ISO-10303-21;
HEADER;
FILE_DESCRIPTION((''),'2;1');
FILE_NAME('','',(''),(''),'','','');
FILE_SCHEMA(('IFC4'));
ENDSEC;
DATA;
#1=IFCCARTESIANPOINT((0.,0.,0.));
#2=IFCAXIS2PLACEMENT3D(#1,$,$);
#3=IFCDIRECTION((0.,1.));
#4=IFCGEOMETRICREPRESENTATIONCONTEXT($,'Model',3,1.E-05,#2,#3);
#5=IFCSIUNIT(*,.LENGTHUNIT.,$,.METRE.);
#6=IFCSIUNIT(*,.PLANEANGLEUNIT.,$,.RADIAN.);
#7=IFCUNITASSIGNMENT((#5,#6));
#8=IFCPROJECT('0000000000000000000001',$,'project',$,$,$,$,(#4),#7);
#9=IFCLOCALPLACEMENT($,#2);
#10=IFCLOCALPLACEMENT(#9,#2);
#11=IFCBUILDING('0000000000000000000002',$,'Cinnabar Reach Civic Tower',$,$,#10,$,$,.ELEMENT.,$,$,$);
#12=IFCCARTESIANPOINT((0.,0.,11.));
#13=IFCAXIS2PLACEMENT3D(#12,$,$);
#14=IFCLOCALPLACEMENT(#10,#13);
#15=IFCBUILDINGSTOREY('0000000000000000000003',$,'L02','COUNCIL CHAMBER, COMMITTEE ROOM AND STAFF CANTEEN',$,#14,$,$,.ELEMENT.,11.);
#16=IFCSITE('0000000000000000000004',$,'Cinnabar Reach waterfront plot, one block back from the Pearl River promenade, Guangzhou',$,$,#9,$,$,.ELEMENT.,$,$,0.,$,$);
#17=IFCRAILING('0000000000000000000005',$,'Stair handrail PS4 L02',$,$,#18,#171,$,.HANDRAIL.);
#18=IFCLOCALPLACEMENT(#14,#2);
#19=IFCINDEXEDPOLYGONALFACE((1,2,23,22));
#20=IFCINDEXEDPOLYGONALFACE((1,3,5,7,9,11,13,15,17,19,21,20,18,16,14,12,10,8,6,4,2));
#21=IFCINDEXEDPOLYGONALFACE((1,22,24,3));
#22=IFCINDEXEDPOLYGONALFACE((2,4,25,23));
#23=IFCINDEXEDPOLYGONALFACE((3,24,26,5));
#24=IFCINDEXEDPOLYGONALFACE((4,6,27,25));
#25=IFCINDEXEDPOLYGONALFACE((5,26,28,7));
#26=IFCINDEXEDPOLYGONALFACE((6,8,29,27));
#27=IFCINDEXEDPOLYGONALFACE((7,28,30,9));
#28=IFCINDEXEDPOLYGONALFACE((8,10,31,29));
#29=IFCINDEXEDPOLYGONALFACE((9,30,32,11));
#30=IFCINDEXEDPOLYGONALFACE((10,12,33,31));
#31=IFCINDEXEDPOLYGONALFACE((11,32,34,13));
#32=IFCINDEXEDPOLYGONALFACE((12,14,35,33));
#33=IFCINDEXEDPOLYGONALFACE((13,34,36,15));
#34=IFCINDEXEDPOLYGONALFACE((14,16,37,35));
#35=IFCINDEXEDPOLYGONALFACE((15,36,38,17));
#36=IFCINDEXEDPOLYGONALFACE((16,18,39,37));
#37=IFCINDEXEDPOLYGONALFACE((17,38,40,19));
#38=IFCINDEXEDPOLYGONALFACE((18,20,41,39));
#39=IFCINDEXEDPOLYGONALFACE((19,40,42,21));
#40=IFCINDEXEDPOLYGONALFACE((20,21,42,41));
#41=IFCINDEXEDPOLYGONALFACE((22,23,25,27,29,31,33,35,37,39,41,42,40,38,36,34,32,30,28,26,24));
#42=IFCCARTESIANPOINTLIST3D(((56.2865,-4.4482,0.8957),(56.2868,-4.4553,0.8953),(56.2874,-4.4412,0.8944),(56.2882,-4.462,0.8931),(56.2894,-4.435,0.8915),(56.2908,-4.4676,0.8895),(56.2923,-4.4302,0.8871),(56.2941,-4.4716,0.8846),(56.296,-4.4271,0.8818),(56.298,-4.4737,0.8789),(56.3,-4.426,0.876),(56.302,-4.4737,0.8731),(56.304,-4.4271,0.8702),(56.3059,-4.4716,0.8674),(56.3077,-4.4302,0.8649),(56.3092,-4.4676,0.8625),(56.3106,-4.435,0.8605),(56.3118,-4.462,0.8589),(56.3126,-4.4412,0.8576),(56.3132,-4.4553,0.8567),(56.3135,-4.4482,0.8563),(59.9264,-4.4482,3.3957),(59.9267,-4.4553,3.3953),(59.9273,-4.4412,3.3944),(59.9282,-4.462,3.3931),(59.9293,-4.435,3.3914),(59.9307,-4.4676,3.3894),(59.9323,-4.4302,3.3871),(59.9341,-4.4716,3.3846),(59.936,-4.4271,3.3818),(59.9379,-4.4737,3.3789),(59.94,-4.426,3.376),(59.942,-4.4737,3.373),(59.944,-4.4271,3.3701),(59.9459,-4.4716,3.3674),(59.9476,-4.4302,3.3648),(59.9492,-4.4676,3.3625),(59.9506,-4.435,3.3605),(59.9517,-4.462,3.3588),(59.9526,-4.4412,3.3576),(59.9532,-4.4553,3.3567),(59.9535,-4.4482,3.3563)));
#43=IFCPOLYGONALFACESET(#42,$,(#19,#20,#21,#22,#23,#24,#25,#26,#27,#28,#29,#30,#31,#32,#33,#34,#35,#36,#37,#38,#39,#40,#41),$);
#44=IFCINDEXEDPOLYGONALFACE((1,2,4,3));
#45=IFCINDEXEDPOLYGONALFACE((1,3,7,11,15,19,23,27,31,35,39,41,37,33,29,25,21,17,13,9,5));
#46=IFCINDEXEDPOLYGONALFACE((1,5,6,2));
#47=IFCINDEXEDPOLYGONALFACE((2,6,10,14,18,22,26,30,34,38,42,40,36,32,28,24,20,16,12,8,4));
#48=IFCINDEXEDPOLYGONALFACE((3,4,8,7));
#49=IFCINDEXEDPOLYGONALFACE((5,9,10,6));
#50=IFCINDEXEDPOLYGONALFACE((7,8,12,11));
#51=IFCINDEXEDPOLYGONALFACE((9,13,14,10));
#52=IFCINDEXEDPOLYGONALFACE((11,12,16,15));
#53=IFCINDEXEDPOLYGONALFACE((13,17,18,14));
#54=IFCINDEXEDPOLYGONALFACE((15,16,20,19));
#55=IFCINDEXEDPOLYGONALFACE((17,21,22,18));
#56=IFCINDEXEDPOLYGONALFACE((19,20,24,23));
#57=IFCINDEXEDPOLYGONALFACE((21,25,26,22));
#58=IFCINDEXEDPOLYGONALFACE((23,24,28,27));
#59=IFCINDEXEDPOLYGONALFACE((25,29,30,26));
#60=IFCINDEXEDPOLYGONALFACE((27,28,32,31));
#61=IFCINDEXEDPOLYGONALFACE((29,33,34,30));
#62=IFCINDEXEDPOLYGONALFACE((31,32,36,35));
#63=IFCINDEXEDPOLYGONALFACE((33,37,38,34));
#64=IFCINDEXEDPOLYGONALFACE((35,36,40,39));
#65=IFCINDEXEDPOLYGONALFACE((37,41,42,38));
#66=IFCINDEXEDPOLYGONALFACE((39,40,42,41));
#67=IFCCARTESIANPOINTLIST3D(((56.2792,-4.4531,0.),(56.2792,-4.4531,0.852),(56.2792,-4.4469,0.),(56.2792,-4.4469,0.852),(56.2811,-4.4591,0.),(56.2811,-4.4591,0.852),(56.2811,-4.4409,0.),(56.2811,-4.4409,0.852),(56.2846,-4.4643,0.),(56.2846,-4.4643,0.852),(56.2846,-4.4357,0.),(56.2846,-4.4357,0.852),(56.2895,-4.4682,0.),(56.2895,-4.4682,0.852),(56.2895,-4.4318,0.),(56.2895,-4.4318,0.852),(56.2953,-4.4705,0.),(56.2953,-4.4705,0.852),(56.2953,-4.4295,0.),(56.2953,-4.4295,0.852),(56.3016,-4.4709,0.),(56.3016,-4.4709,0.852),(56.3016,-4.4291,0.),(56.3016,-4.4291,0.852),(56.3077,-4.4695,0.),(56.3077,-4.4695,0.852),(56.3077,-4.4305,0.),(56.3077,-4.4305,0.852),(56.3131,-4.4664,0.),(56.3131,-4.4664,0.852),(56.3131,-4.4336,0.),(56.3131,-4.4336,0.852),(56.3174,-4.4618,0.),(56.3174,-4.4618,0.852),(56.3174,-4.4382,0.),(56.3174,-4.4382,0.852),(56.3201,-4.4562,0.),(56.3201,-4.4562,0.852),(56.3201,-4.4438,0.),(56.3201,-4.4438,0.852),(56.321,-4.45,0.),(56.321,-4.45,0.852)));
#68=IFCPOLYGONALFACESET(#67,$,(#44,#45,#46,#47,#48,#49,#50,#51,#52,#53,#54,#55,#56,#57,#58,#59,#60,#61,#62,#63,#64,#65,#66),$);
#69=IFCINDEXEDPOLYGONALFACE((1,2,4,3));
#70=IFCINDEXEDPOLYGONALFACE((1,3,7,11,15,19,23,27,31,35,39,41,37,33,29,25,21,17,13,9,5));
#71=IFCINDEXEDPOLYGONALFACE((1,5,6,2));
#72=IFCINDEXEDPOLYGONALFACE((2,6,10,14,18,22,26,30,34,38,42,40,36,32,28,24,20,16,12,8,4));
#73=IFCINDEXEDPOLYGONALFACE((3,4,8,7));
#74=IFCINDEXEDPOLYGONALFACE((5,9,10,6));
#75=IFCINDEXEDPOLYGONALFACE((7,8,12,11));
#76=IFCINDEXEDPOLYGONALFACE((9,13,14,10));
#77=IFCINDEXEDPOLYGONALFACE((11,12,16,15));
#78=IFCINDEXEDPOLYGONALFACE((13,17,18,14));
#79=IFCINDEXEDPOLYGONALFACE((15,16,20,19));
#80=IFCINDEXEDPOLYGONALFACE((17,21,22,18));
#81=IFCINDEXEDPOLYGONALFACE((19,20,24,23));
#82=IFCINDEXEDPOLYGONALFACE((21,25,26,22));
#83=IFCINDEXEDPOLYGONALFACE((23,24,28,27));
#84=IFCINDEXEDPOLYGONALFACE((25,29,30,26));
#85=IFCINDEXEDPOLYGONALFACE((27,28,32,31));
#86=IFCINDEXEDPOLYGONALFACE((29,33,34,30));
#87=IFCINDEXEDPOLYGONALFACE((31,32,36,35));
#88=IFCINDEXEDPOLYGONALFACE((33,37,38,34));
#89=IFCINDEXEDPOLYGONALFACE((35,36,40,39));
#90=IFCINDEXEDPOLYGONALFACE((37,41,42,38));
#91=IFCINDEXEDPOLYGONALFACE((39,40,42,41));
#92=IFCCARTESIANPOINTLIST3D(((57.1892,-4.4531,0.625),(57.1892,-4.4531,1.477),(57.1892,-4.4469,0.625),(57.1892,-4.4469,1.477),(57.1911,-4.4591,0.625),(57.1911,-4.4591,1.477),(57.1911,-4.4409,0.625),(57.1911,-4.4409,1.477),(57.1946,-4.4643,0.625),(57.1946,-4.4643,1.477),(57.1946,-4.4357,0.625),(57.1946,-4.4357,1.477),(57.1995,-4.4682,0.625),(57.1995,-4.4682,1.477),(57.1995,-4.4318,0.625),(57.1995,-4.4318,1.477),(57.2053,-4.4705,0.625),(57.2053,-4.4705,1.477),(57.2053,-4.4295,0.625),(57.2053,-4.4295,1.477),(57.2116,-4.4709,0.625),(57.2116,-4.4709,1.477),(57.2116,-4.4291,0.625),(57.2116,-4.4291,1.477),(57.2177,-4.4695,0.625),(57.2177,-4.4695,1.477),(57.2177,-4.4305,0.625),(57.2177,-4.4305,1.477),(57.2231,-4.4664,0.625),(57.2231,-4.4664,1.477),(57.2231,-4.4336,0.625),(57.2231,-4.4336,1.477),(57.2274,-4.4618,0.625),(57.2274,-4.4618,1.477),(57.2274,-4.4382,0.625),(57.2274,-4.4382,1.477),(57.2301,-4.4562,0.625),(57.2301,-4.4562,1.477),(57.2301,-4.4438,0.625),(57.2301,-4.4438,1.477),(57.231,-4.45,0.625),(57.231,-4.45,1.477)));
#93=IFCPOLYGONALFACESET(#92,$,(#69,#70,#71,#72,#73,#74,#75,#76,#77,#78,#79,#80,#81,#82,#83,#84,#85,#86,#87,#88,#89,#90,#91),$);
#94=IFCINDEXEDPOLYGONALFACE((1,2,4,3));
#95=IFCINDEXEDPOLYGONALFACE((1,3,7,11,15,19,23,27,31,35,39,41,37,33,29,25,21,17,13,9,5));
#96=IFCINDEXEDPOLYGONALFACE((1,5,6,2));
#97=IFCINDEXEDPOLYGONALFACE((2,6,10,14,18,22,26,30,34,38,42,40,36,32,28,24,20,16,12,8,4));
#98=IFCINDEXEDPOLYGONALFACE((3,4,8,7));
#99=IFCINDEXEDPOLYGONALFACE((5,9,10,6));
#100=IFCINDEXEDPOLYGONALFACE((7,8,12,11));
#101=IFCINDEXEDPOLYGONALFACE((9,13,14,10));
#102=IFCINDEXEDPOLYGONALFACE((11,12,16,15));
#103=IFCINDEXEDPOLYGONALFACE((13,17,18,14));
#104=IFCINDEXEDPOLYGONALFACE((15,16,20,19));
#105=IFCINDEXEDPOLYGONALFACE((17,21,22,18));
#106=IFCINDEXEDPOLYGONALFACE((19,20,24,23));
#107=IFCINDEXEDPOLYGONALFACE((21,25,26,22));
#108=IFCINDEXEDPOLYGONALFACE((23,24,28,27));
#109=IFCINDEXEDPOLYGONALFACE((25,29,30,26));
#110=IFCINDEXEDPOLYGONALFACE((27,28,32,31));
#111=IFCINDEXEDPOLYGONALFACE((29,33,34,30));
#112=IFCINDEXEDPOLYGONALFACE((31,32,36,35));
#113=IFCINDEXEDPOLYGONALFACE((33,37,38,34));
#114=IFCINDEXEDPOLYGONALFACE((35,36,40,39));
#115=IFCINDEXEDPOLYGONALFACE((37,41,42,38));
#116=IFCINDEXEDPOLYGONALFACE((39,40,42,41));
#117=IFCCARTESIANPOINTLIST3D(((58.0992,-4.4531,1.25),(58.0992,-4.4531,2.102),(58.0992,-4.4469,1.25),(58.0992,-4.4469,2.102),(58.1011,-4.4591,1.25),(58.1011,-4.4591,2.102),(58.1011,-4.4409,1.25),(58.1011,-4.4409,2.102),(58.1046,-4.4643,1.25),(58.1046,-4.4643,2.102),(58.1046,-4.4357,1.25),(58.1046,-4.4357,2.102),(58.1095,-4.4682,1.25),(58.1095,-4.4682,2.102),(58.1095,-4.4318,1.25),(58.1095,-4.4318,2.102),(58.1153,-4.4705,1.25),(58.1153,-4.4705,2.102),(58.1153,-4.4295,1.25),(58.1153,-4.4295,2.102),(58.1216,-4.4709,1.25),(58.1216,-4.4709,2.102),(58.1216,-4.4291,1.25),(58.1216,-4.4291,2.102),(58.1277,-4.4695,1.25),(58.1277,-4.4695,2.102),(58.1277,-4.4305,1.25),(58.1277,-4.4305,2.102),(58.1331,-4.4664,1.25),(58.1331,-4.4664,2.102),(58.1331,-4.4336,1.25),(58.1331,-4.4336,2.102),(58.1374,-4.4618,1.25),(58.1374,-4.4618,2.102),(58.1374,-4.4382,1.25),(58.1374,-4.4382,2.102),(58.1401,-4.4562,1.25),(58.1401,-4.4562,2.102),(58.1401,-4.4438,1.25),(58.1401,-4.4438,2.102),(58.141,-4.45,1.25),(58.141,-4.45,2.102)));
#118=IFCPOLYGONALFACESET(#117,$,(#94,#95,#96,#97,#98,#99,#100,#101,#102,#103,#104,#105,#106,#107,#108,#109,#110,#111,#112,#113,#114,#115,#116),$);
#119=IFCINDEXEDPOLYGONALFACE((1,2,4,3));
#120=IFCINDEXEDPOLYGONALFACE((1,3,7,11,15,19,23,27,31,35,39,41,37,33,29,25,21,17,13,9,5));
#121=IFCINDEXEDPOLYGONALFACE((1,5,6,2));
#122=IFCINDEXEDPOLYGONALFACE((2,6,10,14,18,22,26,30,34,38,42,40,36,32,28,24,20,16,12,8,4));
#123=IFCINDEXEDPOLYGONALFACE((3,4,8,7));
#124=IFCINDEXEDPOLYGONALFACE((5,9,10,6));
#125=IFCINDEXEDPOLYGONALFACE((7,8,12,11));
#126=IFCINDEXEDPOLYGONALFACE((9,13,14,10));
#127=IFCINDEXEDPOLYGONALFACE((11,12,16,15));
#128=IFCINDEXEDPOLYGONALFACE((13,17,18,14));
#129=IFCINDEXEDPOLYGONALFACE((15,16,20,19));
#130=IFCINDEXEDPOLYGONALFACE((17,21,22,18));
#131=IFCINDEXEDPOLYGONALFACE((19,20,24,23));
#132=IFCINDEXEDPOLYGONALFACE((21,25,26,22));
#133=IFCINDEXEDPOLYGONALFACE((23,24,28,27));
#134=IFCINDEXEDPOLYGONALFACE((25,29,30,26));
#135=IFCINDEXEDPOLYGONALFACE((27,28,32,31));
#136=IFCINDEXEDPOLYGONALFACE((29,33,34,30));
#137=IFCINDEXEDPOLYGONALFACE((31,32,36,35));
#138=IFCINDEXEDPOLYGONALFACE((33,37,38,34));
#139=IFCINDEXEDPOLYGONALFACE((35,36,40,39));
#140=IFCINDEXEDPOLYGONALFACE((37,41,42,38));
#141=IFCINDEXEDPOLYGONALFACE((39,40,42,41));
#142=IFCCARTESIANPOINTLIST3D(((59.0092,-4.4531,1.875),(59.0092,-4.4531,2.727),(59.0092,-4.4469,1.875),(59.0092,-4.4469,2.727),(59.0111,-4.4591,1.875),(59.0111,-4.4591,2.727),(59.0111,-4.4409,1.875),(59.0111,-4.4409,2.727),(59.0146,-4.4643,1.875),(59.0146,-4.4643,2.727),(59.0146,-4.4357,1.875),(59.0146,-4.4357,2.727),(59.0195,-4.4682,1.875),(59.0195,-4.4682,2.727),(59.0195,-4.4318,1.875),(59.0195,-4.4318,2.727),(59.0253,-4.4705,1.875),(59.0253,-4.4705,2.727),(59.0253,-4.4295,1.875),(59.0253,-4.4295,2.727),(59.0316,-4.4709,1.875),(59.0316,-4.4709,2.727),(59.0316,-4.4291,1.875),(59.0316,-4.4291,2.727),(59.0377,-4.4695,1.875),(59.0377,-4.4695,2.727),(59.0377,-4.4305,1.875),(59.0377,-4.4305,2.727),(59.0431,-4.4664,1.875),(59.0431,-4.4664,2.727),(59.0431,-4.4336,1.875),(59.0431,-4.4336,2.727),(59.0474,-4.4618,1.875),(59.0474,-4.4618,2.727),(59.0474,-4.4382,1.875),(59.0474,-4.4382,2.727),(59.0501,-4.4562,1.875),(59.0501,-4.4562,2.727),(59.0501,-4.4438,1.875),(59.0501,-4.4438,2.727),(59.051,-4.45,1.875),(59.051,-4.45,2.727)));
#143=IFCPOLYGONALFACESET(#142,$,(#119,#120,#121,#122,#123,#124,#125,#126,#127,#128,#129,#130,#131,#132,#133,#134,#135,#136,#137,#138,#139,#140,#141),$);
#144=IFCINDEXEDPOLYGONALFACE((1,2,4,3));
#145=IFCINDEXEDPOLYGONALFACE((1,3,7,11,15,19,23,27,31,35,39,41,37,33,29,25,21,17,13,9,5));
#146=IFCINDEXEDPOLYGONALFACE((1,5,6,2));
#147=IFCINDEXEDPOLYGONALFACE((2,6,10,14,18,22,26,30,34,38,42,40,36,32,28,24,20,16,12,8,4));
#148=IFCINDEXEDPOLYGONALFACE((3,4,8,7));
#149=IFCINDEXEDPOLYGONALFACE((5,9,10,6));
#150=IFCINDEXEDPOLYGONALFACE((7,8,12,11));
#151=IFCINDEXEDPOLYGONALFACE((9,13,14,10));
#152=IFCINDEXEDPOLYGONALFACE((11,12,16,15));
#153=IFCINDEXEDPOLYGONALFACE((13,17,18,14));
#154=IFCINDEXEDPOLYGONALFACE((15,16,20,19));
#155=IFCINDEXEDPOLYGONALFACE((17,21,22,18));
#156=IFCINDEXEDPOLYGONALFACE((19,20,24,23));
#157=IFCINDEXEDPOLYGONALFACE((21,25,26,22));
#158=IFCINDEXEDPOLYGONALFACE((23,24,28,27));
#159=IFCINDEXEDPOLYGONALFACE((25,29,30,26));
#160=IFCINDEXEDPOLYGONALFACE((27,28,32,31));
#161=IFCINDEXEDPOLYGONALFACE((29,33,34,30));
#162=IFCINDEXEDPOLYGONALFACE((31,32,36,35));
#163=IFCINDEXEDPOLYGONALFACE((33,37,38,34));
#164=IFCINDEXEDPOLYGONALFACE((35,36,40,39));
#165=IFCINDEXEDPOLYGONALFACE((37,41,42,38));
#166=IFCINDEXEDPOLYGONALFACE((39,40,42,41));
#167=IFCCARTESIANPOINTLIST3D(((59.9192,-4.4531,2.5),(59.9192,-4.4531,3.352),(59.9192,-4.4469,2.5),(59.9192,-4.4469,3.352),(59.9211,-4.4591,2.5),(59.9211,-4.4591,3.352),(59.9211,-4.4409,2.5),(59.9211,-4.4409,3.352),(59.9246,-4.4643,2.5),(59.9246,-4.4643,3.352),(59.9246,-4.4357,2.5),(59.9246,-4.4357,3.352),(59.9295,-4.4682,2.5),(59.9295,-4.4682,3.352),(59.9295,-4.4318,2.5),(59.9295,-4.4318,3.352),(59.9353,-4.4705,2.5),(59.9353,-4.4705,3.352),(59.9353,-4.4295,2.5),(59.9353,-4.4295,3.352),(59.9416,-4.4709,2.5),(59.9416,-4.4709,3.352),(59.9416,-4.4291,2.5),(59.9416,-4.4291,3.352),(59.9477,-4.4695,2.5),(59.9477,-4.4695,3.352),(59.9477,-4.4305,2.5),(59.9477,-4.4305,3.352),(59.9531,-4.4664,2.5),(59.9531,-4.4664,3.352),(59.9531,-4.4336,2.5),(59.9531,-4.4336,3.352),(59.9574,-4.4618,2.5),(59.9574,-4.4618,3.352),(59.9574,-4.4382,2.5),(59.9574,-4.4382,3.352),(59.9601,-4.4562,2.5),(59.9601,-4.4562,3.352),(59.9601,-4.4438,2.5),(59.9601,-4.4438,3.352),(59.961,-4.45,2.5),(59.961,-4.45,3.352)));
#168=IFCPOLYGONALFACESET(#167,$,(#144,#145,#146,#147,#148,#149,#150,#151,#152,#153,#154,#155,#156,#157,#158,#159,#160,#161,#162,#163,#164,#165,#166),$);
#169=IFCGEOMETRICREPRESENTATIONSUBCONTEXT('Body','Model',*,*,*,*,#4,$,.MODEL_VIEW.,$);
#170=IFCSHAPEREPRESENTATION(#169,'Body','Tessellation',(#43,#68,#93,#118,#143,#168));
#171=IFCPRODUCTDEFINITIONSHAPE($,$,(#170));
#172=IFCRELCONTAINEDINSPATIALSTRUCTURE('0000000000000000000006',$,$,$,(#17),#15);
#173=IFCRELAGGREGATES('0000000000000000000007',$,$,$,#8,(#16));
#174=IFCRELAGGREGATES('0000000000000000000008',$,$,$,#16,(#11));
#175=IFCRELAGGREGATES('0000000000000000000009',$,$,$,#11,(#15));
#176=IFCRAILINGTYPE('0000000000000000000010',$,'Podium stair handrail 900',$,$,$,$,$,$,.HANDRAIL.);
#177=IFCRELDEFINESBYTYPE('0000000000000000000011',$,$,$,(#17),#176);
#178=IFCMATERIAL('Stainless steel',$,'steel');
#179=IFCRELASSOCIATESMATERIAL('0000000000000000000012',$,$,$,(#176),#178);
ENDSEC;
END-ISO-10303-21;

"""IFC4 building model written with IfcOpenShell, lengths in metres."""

from ifc_helpers import new_model, si_unit, direction, frame, origin, origin_2d, place, context, subcontext, project, spatial, circle, extrude, material, type_object, element, save


model = new_model("IFC4")

# Units and contexts
model_context = context("Model", 3, precision=1e-05, world=origin(), true_north=direction((0.0, 1.0)))
body_context = subcontext(model_context, "Body", "Model", "MODEL_VIEW")
ifc_project = project(units=[si_unit("LENGTHUNIT", "METRE"), si_unit("PLANEANGLEUNIT", "RADIAN")], contexts=[model_context])

# Site, building, storey
site_placement = place(None, origin())
site = spatial("IfcSite", under=ifc_project, at=site_placement, Name="Cinnabar Reach waterfront plot, one block back from the Pearl River promenade, Guangzhou", CompositionType="ELEMENT", RefElevation=0.0)
building_placement = place(site_placement, origin())
building = spatial("IfcBuilding", under=site, at=building_placement, Name="Cinnabar Reach Civic Tower", CompositionType="ELEMENT")
storey_placement = place(building_placement, frame((0.0, 0.0, 11.0)))
storey = spatial("IfcBuildingStorey", under=building, at=storey_placement, Name="L02", Description="COUNCIL CHAMBER, COMMITTEE ROOM AND STAFF CANTEEN", CompositionType="ELEMENT", Elevation=11.0)

# Railing
ifc_material_1 = material(Name="Stainless steel", Category="steel")
railing_type_1 = type_object("IfcRailingType", Name="Podium stair handrail 900", PredefinedType="HANDRAIL", material=ifc_material_1)
railing_1_placement = place(storey_placement, frame((56.3, -4.45, 0.0)))
element("IfcRailing", 1, at=railing_1_placement, inside=storey, type_object=railing_type_1, Name="Stair handrail PS4 L02", PredefinedType="HANDRAIL", context=body_context, shape_type="SweptSolid", body=[
    extrude(circle(Radius=0.024, at=origin_2d()), frame((0.0, 0.0, 0.876), z_axis=(0.824306, 0.0, 0.566144), x_axis=(0.0, 1.0, 0.0)), (0.0, 0.0, 1.0), 4.4158),
    extrude(circle(Radius=0.021, at=origin_2d()), origin(), (0.0, 0.0, 1.0), 0.852),
    extrude(circle(Radius=0.021, at=origin_2d()), frame((0.91, 0.0, 0.625)), (0.0, 0.0, 1.0), 0.852),
    extrude(circle(Radius=0.021, at=origin_2d()), frame((1.82, 0.0, 1.25)), (0.0, 0.0, 1.0), 0.852),
    extrude(circle(Radius=0.021, at=origin_2d()), frame((2.73, 0.0, 1.875)), (0.0, 0.0, 1.0), 0.852),
    extrude(circle(Radius=0.021, at=origin_2d()), frame((3.64, 0.0, 2.5)), (0.0, 0.0, 1.0), 0.852),
])

save(model, "model.ifc")
